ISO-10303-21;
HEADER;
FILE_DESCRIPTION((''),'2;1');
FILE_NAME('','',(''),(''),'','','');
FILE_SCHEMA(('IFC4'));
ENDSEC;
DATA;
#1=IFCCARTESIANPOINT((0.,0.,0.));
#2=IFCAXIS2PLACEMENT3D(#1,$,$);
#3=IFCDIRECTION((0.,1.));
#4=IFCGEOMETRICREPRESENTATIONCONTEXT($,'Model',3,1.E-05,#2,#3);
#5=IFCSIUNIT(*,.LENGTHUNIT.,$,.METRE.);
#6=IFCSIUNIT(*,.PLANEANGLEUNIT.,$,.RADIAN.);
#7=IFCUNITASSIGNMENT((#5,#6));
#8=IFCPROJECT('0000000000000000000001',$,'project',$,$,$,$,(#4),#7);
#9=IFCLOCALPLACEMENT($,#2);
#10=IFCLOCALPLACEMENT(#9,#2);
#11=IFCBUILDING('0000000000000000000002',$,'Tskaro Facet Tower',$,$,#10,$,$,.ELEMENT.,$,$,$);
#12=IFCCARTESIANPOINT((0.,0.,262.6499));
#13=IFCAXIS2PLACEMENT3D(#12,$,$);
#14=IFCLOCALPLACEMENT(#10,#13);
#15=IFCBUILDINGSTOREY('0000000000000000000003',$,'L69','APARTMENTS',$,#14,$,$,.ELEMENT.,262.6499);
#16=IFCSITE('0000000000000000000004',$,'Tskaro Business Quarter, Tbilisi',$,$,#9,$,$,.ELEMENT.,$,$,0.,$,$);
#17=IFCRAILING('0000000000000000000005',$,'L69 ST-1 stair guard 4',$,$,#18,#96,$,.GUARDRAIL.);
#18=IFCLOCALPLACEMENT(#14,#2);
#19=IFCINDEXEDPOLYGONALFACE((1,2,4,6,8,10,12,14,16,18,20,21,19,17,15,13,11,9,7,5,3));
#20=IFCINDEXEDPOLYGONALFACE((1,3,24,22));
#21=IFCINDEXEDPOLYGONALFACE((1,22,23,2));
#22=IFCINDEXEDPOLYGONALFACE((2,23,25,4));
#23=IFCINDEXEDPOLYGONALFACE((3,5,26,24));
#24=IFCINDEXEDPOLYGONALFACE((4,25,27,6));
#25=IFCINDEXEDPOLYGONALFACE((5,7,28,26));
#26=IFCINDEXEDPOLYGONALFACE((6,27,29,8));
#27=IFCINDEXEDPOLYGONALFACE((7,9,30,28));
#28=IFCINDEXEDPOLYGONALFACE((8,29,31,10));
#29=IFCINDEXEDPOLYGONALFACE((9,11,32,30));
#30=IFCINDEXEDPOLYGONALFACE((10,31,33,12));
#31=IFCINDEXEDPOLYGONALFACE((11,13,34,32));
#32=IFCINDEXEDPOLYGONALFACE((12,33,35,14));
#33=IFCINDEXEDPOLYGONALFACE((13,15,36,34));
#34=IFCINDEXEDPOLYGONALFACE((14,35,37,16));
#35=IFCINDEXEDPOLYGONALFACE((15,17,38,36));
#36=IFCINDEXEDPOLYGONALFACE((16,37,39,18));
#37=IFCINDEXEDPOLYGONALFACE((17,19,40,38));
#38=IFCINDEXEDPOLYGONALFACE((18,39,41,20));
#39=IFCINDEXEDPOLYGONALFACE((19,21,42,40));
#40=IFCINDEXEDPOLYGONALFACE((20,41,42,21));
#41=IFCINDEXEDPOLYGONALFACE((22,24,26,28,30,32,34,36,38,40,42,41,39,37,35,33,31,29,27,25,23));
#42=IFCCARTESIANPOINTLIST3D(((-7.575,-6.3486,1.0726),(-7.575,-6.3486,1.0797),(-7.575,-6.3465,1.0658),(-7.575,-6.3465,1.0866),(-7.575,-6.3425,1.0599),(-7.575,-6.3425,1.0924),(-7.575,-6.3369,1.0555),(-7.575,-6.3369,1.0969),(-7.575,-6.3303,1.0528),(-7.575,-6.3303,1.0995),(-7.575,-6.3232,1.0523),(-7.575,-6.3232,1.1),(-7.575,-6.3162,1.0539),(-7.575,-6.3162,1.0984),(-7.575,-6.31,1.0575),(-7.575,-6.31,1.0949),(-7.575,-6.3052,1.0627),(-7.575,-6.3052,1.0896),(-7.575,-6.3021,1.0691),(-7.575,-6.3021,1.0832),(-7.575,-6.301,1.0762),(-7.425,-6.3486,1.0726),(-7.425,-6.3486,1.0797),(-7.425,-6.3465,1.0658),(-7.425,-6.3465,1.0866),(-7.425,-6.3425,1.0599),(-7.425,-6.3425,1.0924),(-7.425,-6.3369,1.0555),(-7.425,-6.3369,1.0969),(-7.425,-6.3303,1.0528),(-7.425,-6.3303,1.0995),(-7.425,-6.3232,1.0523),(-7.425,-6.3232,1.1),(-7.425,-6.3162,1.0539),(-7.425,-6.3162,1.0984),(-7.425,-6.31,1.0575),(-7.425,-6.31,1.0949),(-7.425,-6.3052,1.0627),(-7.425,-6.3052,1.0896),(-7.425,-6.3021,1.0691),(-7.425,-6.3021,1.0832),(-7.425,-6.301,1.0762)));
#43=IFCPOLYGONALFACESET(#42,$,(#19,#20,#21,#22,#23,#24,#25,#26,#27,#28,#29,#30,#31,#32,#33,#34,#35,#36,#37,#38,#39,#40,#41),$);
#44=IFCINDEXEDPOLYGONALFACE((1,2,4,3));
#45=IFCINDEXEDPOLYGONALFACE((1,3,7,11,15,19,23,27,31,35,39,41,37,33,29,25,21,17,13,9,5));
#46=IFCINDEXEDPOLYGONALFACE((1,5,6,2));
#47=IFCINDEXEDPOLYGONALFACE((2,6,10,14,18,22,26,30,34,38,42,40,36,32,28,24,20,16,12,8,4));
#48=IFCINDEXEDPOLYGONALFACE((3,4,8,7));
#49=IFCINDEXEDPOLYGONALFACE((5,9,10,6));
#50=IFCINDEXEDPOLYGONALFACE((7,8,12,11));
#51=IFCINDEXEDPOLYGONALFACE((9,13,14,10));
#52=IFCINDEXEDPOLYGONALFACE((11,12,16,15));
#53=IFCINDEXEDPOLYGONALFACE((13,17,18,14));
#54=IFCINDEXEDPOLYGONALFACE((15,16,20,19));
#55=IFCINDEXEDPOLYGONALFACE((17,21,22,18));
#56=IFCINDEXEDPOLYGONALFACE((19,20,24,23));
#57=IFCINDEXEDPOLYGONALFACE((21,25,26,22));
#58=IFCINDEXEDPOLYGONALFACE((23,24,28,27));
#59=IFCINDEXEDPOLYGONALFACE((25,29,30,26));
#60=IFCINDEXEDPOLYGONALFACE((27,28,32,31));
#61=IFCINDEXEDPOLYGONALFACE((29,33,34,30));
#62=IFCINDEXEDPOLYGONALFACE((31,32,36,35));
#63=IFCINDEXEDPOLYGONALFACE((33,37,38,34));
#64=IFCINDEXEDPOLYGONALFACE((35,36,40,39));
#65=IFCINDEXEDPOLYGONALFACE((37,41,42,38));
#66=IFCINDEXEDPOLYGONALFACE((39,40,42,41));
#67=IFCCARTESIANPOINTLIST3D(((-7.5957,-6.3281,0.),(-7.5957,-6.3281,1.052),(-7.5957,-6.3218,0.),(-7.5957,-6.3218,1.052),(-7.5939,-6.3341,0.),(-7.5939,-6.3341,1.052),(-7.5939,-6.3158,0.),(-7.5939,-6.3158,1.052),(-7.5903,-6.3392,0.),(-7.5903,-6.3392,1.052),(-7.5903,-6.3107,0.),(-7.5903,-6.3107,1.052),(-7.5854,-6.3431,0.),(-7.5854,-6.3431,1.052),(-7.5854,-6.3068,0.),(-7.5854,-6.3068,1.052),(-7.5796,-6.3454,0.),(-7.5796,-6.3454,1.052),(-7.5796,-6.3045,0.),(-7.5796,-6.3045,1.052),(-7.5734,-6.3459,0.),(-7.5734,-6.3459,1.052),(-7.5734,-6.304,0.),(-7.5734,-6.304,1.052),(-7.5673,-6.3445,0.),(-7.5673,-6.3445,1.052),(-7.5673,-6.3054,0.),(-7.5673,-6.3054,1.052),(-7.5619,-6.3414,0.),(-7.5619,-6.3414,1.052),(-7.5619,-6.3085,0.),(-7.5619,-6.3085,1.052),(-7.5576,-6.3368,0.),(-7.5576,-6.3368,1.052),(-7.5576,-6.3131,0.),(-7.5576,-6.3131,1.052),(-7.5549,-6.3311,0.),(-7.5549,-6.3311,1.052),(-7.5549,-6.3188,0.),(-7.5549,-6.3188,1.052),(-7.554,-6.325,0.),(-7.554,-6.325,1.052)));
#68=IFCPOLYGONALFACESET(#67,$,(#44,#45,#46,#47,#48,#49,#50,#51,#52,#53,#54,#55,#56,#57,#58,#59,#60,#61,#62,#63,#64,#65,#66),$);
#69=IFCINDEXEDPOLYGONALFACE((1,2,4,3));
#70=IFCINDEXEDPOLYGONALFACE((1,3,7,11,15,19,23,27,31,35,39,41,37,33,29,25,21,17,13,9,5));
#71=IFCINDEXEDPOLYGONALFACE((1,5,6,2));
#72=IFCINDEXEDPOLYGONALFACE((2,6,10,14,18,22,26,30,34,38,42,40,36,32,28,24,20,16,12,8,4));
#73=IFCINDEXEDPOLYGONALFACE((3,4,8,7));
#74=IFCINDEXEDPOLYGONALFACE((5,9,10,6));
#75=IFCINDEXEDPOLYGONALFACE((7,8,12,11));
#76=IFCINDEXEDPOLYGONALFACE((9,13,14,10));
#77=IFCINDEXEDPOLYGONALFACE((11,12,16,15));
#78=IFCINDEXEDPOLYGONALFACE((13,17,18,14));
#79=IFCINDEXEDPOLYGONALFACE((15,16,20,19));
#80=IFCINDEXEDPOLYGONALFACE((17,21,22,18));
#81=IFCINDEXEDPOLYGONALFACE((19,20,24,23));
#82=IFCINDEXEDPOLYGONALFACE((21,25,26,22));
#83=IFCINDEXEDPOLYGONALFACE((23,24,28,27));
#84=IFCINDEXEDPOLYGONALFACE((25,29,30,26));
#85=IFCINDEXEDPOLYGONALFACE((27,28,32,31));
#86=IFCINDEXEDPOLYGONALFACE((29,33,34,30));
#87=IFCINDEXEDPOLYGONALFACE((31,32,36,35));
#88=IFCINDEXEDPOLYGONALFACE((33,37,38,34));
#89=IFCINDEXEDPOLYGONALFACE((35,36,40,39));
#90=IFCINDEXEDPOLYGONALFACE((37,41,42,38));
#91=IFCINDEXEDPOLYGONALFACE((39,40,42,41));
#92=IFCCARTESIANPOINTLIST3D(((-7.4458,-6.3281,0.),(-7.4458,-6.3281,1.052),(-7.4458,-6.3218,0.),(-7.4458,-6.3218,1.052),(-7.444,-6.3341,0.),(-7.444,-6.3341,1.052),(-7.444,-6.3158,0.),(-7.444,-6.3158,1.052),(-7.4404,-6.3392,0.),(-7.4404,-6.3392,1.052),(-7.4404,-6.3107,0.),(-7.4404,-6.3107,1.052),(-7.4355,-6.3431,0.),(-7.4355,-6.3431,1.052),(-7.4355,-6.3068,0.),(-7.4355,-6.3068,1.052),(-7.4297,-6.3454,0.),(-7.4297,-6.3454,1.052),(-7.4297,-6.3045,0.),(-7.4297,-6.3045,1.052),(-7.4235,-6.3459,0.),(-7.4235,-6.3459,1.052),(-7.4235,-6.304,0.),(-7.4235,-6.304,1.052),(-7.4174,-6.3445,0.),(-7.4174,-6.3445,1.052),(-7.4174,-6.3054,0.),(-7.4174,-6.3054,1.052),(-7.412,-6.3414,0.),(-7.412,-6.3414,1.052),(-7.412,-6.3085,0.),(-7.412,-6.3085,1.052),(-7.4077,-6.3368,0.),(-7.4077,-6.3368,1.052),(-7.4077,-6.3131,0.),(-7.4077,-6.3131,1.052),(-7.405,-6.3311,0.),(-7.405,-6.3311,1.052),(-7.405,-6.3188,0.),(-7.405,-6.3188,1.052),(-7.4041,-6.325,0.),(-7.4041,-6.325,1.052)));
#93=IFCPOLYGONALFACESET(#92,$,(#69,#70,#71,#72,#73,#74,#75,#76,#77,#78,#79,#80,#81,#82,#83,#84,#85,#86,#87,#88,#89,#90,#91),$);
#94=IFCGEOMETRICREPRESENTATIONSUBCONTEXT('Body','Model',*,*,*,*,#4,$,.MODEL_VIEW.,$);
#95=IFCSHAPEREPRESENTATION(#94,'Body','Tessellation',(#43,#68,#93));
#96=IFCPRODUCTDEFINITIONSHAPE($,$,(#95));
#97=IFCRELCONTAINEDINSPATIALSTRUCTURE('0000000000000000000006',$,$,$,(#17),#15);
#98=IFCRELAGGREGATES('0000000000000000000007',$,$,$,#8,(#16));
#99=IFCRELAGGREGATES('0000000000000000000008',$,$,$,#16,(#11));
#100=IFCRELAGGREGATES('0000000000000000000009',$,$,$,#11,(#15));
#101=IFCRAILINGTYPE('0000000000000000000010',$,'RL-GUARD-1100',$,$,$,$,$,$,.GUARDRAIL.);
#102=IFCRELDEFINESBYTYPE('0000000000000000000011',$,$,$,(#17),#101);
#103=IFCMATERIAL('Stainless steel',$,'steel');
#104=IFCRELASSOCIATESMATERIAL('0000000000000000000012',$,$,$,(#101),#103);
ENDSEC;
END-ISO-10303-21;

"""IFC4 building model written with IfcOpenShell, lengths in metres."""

from ifc_helpers import new_model, si_unit, direction, frame, origin, origin_2d, place, context, subcontext, project, spatial, circle, extrude, material, type_object, element, save


model = new_model("IFC4")

# Units and contexts
model_context = context("Model", 3, precision=1e-05, world=origin(), true_north=direction((0.0, 1.0)))
body_context = subcontext(model_context, "Body", "Model", "MODEL_VIEW")
ifc_project = project(units=[si_unit("LENGTHUNIT", "METRE"), si_unit("PLANEANGLEUNIT", "RADIAN")], contexts=[model_context])

# Site, building, storey
site_placement = place(None, origin())
site = spatial("IfcSite", under=ifc_project, at=site_placement, Name="Tskaro Business Quarter, Tbilisi", CompositionType="ELEMENT", RefElevation=0.0)
building_placement = place(site_placement, origin())
building = spatial("IfcBuilding", under=site, at=building_placement, Name="Tskaro Facet Tower", CompositionType="ELEMENT")
storey_placement = place(building_placement, frame((0.0, 0.0, 262.6499)))
storey = spatial("IfcBuildingStorey", under=building, at=storey_placement, Name="L69", Description="APARTMENTS", CompositionType="ELEMENT", Elevation=262.6499)

# Shared definitions
ifc_material_1 = material(Name="Stainless steel", Category="steel")

# Railing
railing_type_1 = type_object("IfcRailingType", Name="RL-GUARD-1100", PredefinedType="GUARDRAIL", material=ifc_material_1)
railing_1_placement = place(storey_placement, frame((-7.575, -6.325, 0.0)))
element("IfcRailing", 1, at=railing_1_placement, inside=storey, type_object=railing_type_1, Name="L69 ST-1 stair guard 4", PredefinedType="GUARDRAIL", context=body_context, shape_type="SweptSolid", body=[
    extrude(circle(Radius=0.0239, at=origin_2d()), frame((0.0, 0.0, 1.0762), z_axis=(1.0, 0.0, 0.0), x_axis=(0.0, 1.0, 0.0)), (0.0, 0.0, 1.0), 0.1499),
    extrude(circle(Radius=0.021, at=origin_2d()), origin(), (0.0, 0.0, 1.0), 1.052),
    extrude(circle(Radius=0.021, at=origin_2d()), frame((0.1499, 0.0, 0.0)), (0.0, 0.0, 1.0), 1.052),
])

save(model, "model.ifc")
